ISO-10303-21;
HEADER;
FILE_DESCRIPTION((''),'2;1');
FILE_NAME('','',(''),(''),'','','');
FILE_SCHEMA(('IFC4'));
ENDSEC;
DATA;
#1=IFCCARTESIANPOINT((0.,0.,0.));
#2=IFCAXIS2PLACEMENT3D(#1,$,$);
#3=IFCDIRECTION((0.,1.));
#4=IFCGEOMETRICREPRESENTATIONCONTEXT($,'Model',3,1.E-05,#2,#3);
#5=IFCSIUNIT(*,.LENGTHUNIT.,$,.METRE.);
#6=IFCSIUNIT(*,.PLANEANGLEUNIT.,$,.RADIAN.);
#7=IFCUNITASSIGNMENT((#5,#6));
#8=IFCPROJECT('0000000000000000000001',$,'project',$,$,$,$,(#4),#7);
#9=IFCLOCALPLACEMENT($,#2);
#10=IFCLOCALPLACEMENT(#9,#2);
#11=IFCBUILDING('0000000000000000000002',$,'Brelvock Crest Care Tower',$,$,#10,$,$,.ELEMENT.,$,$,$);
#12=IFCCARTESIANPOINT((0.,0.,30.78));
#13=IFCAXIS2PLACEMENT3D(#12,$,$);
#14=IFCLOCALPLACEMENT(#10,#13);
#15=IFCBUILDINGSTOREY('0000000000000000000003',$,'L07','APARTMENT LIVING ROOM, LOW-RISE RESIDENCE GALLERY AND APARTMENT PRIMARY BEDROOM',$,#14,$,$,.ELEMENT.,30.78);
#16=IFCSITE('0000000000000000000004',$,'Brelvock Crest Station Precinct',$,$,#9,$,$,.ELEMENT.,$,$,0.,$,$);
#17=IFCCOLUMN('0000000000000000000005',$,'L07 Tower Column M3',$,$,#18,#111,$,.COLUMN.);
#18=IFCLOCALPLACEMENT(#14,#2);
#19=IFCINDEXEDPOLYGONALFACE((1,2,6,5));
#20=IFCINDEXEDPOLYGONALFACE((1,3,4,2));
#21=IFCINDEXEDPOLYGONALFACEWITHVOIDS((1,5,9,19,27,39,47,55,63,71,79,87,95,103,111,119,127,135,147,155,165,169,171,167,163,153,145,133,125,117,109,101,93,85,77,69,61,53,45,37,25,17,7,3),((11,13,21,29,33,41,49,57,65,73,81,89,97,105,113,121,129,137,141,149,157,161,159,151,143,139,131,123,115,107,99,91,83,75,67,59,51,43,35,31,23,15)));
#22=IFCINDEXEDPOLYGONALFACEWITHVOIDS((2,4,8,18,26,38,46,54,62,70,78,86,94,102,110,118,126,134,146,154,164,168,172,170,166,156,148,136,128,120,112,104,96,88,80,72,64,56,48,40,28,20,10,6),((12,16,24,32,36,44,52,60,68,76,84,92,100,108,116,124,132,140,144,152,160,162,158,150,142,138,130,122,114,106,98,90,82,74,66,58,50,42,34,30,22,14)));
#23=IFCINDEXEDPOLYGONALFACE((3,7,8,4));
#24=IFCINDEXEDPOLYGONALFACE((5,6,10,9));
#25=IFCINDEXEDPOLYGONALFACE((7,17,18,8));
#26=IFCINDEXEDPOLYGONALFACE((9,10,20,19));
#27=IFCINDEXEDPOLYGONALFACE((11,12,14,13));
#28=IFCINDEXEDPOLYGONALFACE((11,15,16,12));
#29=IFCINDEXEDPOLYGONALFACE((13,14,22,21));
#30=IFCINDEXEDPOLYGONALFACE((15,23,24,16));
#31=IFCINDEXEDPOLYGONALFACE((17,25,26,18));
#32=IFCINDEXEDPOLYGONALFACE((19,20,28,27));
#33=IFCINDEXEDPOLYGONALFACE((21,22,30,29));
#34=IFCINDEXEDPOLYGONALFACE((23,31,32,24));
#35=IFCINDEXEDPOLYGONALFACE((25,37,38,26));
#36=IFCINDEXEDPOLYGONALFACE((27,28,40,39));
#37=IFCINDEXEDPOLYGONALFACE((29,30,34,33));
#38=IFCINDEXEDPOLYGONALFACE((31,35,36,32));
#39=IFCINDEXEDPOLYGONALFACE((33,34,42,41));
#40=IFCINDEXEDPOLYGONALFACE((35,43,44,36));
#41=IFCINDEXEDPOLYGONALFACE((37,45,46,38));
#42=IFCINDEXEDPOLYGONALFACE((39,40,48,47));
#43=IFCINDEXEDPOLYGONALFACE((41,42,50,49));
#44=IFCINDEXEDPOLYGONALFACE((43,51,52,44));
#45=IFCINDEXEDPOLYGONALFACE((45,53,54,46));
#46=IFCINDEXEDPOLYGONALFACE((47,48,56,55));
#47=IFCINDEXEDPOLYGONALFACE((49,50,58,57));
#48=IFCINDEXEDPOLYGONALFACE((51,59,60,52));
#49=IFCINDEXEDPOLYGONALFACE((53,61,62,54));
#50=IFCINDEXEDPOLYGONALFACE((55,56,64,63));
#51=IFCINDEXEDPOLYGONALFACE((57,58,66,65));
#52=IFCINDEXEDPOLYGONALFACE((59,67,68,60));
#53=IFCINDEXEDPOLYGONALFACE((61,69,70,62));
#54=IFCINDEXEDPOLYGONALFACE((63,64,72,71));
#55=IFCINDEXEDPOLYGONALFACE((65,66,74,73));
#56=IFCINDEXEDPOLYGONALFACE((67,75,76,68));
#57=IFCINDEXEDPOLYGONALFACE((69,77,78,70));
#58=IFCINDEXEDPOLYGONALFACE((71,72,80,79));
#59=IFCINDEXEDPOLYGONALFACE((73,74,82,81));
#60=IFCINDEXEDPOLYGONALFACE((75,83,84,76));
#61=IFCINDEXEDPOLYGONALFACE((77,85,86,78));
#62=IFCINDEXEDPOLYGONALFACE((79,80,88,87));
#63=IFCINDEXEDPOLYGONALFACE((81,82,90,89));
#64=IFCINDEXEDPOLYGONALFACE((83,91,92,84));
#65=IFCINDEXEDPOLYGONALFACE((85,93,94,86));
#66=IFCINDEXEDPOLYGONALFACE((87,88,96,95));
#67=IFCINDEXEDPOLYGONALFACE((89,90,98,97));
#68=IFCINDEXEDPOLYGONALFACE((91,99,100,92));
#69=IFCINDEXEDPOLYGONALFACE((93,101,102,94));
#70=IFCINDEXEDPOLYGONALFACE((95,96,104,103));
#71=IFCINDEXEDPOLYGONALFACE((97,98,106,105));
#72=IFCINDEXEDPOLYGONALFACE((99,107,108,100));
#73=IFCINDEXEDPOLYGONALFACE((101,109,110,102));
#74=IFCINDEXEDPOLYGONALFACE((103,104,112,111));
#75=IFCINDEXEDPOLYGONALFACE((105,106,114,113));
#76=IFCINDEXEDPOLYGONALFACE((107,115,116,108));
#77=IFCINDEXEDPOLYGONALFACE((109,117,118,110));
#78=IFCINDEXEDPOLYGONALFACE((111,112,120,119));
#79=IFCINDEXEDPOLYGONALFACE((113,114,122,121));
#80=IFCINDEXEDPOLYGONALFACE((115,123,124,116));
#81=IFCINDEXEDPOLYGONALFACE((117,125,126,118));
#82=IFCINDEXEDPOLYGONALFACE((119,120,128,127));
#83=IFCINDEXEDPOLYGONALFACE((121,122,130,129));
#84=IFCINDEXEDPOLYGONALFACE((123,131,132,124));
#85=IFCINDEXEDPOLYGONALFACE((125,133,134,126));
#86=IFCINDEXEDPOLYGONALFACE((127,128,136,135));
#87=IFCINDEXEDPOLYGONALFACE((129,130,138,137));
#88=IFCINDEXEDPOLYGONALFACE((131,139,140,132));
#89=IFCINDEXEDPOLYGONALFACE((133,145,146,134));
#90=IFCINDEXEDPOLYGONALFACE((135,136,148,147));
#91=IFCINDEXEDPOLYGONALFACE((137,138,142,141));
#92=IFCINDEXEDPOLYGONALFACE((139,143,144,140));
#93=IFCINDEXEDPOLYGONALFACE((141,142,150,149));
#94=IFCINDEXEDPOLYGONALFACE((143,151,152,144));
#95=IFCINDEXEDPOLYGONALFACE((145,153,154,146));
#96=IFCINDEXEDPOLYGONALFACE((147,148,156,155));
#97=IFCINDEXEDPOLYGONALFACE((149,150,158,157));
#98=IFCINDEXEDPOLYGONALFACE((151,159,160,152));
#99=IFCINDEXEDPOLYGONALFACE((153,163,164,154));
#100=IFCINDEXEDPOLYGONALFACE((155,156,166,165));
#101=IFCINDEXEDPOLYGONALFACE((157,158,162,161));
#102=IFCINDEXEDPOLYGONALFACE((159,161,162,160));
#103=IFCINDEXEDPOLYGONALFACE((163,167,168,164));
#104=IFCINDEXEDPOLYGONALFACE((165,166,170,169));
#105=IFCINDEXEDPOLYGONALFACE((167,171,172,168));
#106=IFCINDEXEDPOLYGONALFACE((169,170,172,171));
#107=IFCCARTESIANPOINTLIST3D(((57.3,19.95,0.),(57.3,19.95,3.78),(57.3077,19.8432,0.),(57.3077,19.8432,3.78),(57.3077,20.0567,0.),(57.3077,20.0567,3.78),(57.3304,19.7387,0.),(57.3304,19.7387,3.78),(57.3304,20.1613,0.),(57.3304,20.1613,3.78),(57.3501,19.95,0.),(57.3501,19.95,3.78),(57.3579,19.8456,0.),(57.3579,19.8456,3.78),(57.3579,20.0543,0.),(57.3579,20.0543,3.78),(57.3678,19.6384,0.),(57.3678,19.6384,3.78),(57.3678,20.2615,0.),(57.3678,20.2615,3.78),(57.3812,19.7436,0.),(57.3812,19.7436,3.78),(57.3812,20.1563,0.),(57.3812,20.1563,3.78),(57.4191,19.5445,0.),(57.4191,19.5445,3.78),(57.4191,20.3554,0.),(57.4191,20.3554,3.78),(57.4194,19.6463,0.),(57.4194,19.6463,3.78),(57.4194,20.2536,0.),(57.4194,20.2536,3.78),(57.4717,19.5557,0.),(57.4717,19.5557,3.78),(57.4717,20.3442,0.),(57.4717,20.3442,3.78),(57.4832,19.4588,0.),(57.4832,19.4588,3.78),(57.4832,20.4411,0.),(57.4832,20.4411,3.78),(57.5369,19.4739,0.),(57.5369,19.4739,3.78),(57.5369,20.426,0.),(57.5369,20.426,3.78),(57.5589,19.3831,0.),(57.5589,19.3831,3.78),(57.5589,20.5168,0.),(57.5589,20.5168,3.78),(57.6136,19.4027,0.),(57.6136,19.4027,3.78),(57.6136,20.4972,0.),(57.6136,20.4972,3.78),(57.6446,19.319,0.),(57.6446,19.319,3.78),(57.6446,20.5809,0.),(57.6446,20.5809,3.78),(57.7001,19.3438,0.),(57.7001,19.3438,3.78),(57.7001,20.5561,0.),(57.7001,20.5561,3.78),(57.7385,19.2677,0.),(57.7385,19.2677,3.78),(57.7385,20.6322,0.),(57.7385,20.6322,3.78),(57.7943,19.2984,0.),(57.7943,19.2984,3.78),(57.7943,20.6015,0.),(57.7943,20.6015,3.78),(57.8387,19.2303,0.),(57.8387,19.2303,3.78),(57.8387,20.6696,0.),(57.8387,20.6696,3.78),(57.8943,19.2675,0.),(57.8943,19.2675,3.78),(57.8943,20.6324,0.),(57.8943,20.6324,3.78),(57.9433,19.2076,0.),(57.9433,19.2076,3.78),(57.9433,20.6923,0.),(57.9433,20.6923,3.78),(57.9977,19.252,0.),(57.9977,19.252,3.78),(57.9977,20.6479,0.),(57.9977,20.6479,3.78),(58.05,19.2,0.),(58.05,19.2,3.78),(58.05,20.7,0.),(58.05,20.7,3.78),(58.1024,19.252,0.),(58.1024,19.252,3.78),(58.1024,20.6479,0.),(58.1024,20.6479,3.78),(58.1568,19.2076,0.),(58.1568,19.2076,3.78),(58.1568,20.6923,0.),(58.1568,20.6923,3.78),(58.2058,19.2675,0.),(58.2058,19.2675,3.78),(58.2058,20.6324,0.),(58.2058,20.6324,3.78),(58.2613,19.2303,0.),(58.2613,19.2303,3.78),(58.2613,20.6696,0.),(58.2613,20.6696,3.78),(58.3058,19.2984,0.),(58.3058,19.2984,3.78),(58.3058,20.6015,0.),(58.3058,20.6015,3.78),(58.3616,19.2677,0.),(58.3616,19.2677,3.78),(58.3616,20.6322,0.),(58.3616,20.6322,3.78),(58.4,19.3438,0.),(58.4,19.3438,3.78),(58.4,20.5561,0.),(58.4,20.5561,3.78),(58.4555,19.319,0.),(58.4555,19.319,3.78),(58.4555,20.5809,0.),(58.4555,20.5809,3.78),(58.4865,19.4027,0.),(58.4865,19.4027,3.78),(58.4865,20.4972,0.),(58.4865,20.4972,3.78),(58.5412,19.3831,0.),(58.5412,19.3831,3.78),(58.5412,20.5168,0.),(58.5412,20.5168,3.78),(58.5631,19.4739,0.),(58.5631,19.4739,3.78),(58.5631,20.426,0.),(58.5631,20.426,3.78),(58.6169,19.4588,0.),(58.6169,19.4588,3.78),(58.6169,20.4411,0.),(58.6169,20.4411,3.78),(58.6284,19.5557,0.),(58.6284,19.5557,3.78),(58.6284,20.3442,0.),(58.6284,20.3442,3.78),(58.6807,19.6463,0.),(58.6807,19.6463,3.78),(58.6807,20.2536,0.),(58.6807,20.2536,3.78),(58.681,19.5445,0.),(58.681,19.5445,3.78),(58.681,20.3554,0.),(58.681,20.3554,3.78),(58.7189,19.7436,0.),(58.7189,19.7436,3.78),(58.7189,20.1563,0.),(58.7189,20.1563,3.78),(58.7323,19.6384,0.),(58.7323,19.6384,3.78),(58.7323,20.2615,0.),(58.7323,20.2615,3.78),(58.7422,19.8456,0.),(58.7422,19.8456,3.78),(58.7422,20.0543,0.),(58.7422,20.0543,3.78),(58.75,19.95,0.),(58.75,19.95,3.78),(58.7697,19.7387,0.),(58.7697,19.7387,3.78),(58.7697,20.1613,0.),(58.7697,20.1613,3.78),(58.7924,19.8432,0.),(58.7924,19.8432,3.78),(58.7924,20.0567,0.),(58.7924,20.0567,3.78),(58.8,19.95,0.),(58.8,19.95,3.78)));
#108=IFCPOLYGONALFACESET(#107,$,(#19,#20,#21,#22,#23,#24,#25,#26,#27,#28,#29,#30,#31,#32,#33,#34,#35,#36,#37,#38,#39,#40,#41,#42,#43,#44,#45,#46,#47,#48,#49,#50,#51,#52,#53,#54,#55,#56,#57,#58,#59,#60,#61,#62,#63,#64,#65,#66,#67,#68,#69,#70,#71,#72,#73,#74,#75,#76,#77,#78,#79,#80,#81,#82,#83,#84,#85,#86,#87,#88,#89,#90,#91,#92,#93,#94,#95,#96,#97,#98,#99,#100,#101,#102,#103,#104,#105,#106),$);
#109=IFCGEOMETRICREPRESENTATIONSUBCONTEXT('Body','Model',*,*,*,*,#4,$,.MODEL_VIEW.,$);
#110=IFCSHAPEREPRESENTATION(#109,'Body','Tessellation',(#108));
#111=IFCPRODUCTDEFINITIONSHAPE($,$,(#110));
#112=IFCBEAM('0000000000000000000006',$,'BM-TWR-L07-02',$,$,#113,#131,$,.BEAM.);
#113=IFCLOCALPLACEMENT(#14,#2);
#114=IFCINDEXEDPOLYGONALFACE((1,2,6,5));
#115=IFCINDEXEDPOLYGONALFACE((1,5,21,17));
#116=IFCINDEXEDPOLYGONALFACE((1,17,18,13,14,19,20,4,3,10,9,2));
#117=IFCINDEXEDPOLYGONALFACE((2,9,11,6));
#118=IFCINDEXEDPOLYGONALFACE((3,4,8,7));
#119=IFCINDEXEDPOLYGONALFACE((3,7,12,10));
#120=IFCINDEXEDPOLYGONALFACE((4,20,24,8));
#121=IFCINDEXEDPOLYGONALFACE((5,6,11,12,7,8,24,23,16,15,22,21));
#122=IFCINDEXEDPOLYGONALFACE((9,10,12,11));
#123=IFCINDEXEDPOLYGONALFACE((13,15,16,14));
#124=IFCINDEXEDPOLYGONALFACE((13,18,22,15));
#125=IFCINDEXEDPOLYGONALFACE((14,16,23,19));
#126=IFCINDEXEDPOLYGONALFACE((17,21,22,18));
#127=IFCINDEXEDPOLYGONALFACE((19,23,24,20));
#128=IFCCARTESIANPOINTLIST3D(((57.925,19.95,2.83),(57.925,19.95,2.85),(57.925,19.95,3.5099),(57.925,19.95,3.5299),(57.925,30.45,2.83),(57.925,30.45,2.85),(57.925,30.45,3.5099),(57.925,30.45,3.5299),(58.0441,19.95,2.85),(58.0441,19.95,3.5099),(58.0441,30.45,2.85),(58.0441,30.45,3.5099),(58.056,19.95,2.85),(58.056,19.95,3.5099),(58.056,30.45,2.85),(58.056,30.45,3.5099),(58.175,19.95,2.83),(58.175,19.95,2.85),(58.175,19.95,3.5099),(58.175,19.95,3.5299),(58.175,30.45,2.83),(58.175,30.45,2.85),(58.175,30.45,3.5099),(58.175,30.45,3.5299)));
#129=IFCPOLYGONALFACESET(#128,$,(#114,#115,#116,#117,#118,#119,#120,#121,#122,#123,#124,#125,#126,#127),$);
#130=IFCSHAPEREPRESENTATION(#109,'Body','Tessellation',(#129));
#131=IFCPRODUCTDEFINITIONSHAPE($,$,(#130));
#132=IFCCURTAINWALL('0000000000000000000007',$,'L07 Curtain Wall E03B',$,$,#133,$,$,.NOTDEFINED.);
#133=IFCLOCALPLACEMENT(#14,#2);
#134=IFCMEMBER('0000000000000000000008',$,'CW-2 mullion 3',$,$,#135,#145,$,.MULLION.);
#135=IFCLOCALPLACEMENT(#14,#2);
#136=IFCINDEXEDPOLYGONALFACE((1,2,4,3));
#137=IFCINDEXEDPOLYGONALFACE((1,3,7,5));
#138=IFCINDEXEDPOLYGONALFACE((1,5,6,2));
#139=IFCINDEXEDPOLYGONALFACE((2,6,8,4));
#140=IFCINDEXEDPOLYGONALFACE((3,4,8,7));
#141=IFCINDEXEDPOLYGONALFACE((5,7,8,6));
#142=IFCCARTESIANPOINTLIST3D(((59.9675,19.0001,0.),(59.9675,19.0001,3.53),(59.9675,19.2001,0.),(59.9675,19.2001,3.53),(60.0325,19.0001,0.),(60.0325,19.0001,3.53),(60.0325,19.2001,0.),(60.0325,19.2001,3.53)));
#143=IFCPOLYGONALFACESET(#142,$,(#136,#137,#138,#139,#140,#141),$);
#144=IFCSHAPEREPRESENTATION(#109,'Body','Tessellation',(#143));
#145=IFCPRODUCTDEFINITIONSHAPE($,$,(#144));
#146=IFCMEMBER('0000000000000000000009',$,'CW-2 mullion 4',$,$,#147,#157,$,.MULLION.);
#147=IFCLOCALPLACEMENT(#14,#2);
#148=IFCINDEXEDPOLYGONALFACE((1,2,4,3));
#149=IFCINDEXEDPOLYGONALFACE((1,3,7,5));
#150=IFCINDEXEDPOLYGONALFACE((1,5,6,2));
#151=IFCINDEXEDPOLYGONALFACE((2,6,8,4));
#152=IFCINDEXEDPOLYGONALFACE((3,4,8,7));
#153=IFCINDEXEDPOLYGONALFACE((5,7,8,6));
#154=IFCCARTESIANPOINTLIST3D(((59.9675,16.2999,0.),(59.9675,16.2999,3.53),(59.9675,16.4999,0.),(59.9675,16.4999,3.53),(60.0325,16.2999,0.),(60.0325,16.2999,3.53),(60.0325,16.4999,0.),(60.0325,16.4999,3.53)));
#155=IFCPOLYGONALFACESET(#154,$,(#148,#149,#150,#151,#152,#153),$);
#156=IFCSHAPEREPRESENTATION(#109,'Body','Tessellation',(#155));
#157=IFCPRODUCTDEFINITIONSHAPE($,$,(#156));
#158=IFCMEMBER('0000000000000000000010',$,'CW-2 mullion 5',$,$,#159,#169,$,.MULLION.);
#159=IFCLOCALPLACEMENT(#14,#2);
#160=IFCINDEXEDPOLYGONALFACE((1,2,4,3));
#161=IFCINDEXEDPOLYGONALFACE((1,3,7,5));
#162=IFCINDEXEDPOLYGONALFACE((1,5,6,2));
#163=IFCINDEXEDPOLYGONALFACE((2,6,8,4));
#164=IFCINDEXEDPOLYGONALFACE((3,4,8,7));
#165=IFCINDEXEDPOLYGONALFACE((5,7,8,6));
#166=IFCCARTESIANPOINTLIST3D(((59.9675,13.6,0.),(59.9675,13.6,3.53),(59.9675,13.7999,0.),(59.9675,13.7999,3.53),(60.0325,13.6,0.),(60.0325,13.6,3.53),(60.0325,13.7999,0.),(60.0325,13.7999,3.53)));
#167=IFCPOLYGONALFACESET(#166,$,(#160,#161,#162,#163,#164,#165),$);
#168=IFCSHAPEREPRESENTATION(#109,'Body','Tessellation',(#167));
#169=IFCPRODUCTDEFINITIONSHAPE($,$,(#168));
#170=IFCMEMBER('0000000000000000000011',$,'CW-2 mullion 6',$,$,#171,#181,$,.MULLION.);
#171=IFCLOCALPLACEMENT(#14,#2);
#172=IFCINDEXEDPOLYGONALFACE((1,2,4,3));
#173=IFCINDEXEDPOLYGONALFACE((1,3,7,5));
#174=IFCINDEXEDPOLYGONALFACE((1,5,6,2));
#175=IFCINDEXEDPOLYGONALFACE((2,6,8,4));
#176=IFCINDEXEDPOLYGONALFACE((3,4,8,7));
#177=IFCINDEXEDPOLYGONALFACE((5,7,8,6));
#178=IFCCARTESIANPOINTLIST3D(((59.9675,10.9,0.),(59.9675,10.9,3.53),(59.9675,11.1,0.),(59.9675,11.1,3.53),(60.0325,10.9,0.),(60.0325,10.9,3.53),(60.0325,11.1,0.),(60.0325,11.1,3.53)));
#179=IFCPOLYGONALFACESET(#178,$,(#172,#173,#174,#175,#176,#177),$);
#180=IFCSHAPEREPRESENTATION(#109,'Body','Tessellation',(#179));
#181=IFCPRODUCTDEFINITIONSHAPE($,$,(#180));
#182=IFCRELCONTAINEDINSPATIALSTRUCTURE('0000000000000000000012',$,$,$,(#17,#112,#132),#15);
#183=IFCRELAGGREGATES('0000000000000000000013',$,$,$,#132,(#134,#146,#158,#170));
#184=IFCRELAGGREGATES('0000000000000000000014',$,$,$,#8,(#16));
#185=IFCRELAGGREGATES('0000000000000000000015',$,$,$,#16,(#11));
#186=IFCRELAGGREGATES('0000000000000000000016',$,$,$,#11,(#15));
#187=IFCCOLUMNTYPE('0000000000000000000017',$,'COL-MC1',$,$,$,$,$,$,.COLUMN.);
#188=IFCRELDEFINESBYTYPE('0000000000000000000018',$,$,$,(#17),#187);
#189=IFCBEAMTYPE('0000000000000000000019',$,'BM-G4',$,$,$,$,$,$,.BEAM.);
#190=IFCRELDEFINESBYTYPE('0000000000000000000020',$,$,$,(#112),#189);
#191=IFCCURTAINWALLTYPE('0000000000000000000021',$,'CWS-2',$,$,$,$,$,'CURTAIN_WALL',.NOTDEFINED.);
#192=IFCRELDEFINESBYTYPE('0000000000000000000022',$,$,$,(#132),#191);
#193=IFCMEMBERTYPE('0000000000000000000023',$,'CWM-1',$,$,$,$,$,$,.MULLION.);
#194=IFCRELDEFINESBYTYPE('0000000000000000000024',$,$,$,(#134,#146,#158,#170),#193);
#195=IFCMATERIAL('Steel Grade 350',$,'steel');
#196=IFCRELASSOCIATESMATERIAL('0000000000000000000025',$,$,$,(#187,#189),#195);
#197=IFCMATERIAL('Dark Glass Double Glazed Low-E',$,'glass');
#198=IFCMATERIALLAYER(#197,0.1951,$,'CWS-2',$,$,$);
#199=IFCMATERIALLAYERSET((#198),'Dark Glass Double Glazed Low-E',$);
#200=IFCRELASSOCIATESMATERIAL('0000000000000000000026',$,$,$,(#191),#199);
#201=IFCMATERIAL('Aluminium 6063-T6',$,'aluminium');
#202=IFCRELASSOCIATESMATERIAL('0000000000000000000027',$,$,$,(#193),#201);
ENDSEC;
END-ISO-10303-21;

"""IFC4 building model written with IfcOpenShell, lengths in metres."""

from ifc_helpers import new_model, si_unit, direction, frame, origin, origin_2d, place, context, subcontext, project, spatial, rectangle, hollow_circle, i_section, extrude, source, transform, mapped, material, layer, layer_set, material_profile, profile_set, type_object, element, aggregate, save


model = new_model("IFC4")

# Units and contexts
model_context = context("Model", 3, precision=1e-05, world=origin(), true_north=direction((0.0, 1.0)))
body_context = subcontext(model_context, "Body", "Model", "MODEL_VIEW")
ifc_project = project(units=[si_unit("LENGTHUNIT", "METRE"), si_unit("PLANEANGLEUNIT", "RADIAN")], contexts=[model_context])

# Site, building, storey
site_placement = place(None, origin())
site = spatial("IfcSite", under=ifc_project, at=site_placement, Name="Brelvock Crest Station Precinct", CompositionType="ELEMENT", RefElevation=0.0)
building_placement = place(site_placement, origin())
building = spatial("IfcBuilding", under=site, at=building_placement, Name="Brelvock Crest Care Tower", CompositionType="ELEMENT")
storey_placement = place(building_placement, frame((0.0, 0.0, 30.78)))
storey = spatial("IfcBuildingStorey", under=building, at=storey_placement, Name="L07", Description="APARTMENT LIVING ROOM, LOW-RISE RESIDENCE GALLERY AND APARTMENT PRIMARY BEDROOM", CompositionType="ELEMENT", Elevation=30.78)

# Column
ifc_material_1 = material(Name="Steel Grade 350", Category="steel")
ifc_material_profile_1 = material_profile(ifc_material_1, hollow_circle(Radius=0.75, WallThickness=0.05, at=origin_2d()), Name="CFT1500x50")
ifc_profile_set_1 = profile_set([ifc_material_profile_1], Name="Steel Grade 350")
column_type = type_object("IfcColumnType", Name="COL-MC1", PredefinedType="COLUMN", material=ifc_profile_set_1)
shared_shape_1 = source(origin(), body_context, "Body", "SweptSolid", [
    extrude(hollow_circle(Radius=0.75, WallThickness=0.05, at=origin_2d()), origin(), (0.0, 0.0, 1.0), 3.78),
])
column_placement = place(storey_placement, frame((58.05, 19.95, 0.0), z_axis=(0.0, 0.0, 1.0), x_axis=(1.0, 0.0, 0.0)))
element("IfcColumn", 1, at=column_placement, inside=storey, type_object=column_type, Name="L07 Tower Column M3", PredefinedType="COLUMN", context=body_context, shape_type="MappedRepresentation", body=[
    mapped(shared_shape_1, transform((0.0, 0.0, 0.0), x_axis=(1.0, 0.0, 0.0), y_axis=(0.0, 1.0, 0.0), z_axis=(0.0, 0.0, 1.0), scale=1.0)),
])

# Beam
ifc_material_profile_2 = material_profile(ifc_material_1, i_section(OverallWidth=0.25, OverallDepth=0.7, WebThickness=0.012, FlangeThickness=0.02, at=origin_2d()), Name="700WB150")
ifc_profile_set_2 = profile_set([ifc_material_profile_2], Name="Steel Grade 350")
beam_type = type_object("IfcBeamType", Name="BM-G4", PredefinedType="BEAM", material=ifc_profile_set_2)
shared_shape_2 = source(origin(), body_context, "Body", "SweptSolid", [
    extrude(i_section(OverallWidth=0.25, OverallDepth=0.7, WebThickness=0.012, FlangeThickness=0.02, at=origin_2d()), origin(), (0.0, 0.0, 1.0), 10.5),
])
beam_placement = place(storey_placement, frame((58.05, 19.95, 3.1799), z_axis=(0.0, 1.0, 0.0), x_axis=(-1.0, 0.0, 0.0)))
element("IfcBeam", 2, at=beam_placement, inside=storey, type_object=beam_type, Name="BM-TWR-L07-02", PredefinedType="BEAM", context=body_context, shape_type="MappedRepresentation", body=[
    mapped(shared_shape_2, transform((0.0, 0.0, 0.0), x_axis=(1.0, 0.0, 0.0), y_axis=(0.0, 1.0, 0.0), z_axis=(0.0, 0.0, 1.0), scale=1.0)),
])

# Curtain wall, members
ifc_material_2 = material(Name="Dark Glass Double Glazed Low-E", Category="glass")
ifc_layer_1 = layer(ifc_material_2, 0.1951, Name="CWS-2")
ifc_layer_set_1 = layer_set([ifc_layer_1], Name="Dark Glass Double Glazed Low-E")
curtain_wall_type = type_object("IfcCurtainWallType", Name="CWS-2", ElementType="CURTAIN_WALL", PredefinedType="NOTDEFINED", material=ifc_layer_set_1)
curtain_wall_placement = place(storey_placement, origin())
curtain_wall = element("IfcCurtainWall", 3, at=curtain_wall_placement, inside=storey, type_object=curtain_wall_type, Name="L07 Curtain Wall E03B", PredefinedType="NOTDEFINED")
ifc_material_3 = material(Name="Aluminium 6063-T6", Category="aluminium")
ifc_material_profile_3 = material_profile(ifc_material_3, rectangle(XDim=0.0649, YDim=0.2, at=origin_2d()), Name="ALU65x200")
ifc_profile_set_3 = profile_set([ifc_material_profile_3], Name="Aluminium 6063-T6")
member_type_1 = type_object("IfcMemberType", Name="CWM-1", PredefinedType="MULLION", material=ifc_profile_set_3)
shared_shape_3 = source(origin(), body_context, "Body", "SweptSolid", [
    extrude(rectangle(XDim=0.0649, YDim=0.2, at=origin_2d()), origin(), (0.0, 0.0, 1.0), 3.53),
])
member_1_placement = place(storey_placement, frame((60.0, 19.1001, 0.0), z_axis=(0.0, 0.0, 1.0), x_axis=(1.0, 0.0, 0.0)))
member_1 = element("IfcMember", 4, at=member_1_placement, type_object=member_type_1, Name="CW-2 mullion 3", PredefinedType="MULLION", context=body_context, shape_type="MappedRepresentation", body=[
    mapped(shared_shape_3, transform((0.0, 0.0, 0.0), x_axis=(1.0, 0.0, 0.0), y_axis=(0.0, 1.0, 0.0), z_axis=(0.0, 0.0, 1.0), scale=1.0)),
])
member_2_placement = place(storey_placement, frame((60.0, 16.3999, 0.0), z_axis=(0.0, 0.0, 1.0), x_axis=(1.0, 0.0, 0.0)))
member_2 = element("IfcMember", 5, at=member_2_placement, type_object=member_type_1, Name="CW-2 mullion 4", PredefinedType="MULLION", context=body_context, shape_type="MappedRepresentation", body=[
    mapped(shared_shape_3, transform((0.0, 0.0, 0.0), x_axis=(1.0, 0.0, 0.0), y_axis=(0.0, 1.0, 0.0), z_axis=(0.0, 0.0, 1.0), scale=1.0)),
])
member_3_placement = place(storey_placement, frame((60.0, 13.7, 0.0), z_axis=(0.0, 0.0, 1.0), x_axis=(1.0, 0.0, 0.0)))
member_3 = element("IfcMember", 6, at=member_3_placement, type_object=member_type_1, Name="CW-2 mullion 5", PredefinedType="MULLION", context=body_context, shape_type="MappedRepresentation", body=[
    mapped(shared_shape_3, transform((0.0, 0.0, 0.0), x_axis=(1.0, 0.0, 0.0), y_axis=(0.0, 1.0, 0.0), z_axis=(0.0, 0.0, 1.0), scale=1.0)),
])
member_4_placement = place(storey_placement, frame((60.0, 11.0, 0.0), z_axis=(0.0, 0.0, 1.0), x_axis=(1.0, 0.0, 0.0)))
member_4 = element("IfcMember", 7, at=member_4_placement, type_object=member_type_1, Name="CW-2 mullion 6", PredefinedType="MULLION", context=body_context, shape_type="MappedRepresentation", body=[
    mapped(shared_shape_3, transform((0.0, 0.0, 0.0), x_axis=(1.0, 0.0, 0.0), y_axis=(0.0, 1.0, 0.0), z_axis=(0.0, 0.0, 1.0), scale=1.0)),
])
aggregate(curtain_wall, [member_1, member_2, member_3, member_4])

save(model, "model.ifc")
